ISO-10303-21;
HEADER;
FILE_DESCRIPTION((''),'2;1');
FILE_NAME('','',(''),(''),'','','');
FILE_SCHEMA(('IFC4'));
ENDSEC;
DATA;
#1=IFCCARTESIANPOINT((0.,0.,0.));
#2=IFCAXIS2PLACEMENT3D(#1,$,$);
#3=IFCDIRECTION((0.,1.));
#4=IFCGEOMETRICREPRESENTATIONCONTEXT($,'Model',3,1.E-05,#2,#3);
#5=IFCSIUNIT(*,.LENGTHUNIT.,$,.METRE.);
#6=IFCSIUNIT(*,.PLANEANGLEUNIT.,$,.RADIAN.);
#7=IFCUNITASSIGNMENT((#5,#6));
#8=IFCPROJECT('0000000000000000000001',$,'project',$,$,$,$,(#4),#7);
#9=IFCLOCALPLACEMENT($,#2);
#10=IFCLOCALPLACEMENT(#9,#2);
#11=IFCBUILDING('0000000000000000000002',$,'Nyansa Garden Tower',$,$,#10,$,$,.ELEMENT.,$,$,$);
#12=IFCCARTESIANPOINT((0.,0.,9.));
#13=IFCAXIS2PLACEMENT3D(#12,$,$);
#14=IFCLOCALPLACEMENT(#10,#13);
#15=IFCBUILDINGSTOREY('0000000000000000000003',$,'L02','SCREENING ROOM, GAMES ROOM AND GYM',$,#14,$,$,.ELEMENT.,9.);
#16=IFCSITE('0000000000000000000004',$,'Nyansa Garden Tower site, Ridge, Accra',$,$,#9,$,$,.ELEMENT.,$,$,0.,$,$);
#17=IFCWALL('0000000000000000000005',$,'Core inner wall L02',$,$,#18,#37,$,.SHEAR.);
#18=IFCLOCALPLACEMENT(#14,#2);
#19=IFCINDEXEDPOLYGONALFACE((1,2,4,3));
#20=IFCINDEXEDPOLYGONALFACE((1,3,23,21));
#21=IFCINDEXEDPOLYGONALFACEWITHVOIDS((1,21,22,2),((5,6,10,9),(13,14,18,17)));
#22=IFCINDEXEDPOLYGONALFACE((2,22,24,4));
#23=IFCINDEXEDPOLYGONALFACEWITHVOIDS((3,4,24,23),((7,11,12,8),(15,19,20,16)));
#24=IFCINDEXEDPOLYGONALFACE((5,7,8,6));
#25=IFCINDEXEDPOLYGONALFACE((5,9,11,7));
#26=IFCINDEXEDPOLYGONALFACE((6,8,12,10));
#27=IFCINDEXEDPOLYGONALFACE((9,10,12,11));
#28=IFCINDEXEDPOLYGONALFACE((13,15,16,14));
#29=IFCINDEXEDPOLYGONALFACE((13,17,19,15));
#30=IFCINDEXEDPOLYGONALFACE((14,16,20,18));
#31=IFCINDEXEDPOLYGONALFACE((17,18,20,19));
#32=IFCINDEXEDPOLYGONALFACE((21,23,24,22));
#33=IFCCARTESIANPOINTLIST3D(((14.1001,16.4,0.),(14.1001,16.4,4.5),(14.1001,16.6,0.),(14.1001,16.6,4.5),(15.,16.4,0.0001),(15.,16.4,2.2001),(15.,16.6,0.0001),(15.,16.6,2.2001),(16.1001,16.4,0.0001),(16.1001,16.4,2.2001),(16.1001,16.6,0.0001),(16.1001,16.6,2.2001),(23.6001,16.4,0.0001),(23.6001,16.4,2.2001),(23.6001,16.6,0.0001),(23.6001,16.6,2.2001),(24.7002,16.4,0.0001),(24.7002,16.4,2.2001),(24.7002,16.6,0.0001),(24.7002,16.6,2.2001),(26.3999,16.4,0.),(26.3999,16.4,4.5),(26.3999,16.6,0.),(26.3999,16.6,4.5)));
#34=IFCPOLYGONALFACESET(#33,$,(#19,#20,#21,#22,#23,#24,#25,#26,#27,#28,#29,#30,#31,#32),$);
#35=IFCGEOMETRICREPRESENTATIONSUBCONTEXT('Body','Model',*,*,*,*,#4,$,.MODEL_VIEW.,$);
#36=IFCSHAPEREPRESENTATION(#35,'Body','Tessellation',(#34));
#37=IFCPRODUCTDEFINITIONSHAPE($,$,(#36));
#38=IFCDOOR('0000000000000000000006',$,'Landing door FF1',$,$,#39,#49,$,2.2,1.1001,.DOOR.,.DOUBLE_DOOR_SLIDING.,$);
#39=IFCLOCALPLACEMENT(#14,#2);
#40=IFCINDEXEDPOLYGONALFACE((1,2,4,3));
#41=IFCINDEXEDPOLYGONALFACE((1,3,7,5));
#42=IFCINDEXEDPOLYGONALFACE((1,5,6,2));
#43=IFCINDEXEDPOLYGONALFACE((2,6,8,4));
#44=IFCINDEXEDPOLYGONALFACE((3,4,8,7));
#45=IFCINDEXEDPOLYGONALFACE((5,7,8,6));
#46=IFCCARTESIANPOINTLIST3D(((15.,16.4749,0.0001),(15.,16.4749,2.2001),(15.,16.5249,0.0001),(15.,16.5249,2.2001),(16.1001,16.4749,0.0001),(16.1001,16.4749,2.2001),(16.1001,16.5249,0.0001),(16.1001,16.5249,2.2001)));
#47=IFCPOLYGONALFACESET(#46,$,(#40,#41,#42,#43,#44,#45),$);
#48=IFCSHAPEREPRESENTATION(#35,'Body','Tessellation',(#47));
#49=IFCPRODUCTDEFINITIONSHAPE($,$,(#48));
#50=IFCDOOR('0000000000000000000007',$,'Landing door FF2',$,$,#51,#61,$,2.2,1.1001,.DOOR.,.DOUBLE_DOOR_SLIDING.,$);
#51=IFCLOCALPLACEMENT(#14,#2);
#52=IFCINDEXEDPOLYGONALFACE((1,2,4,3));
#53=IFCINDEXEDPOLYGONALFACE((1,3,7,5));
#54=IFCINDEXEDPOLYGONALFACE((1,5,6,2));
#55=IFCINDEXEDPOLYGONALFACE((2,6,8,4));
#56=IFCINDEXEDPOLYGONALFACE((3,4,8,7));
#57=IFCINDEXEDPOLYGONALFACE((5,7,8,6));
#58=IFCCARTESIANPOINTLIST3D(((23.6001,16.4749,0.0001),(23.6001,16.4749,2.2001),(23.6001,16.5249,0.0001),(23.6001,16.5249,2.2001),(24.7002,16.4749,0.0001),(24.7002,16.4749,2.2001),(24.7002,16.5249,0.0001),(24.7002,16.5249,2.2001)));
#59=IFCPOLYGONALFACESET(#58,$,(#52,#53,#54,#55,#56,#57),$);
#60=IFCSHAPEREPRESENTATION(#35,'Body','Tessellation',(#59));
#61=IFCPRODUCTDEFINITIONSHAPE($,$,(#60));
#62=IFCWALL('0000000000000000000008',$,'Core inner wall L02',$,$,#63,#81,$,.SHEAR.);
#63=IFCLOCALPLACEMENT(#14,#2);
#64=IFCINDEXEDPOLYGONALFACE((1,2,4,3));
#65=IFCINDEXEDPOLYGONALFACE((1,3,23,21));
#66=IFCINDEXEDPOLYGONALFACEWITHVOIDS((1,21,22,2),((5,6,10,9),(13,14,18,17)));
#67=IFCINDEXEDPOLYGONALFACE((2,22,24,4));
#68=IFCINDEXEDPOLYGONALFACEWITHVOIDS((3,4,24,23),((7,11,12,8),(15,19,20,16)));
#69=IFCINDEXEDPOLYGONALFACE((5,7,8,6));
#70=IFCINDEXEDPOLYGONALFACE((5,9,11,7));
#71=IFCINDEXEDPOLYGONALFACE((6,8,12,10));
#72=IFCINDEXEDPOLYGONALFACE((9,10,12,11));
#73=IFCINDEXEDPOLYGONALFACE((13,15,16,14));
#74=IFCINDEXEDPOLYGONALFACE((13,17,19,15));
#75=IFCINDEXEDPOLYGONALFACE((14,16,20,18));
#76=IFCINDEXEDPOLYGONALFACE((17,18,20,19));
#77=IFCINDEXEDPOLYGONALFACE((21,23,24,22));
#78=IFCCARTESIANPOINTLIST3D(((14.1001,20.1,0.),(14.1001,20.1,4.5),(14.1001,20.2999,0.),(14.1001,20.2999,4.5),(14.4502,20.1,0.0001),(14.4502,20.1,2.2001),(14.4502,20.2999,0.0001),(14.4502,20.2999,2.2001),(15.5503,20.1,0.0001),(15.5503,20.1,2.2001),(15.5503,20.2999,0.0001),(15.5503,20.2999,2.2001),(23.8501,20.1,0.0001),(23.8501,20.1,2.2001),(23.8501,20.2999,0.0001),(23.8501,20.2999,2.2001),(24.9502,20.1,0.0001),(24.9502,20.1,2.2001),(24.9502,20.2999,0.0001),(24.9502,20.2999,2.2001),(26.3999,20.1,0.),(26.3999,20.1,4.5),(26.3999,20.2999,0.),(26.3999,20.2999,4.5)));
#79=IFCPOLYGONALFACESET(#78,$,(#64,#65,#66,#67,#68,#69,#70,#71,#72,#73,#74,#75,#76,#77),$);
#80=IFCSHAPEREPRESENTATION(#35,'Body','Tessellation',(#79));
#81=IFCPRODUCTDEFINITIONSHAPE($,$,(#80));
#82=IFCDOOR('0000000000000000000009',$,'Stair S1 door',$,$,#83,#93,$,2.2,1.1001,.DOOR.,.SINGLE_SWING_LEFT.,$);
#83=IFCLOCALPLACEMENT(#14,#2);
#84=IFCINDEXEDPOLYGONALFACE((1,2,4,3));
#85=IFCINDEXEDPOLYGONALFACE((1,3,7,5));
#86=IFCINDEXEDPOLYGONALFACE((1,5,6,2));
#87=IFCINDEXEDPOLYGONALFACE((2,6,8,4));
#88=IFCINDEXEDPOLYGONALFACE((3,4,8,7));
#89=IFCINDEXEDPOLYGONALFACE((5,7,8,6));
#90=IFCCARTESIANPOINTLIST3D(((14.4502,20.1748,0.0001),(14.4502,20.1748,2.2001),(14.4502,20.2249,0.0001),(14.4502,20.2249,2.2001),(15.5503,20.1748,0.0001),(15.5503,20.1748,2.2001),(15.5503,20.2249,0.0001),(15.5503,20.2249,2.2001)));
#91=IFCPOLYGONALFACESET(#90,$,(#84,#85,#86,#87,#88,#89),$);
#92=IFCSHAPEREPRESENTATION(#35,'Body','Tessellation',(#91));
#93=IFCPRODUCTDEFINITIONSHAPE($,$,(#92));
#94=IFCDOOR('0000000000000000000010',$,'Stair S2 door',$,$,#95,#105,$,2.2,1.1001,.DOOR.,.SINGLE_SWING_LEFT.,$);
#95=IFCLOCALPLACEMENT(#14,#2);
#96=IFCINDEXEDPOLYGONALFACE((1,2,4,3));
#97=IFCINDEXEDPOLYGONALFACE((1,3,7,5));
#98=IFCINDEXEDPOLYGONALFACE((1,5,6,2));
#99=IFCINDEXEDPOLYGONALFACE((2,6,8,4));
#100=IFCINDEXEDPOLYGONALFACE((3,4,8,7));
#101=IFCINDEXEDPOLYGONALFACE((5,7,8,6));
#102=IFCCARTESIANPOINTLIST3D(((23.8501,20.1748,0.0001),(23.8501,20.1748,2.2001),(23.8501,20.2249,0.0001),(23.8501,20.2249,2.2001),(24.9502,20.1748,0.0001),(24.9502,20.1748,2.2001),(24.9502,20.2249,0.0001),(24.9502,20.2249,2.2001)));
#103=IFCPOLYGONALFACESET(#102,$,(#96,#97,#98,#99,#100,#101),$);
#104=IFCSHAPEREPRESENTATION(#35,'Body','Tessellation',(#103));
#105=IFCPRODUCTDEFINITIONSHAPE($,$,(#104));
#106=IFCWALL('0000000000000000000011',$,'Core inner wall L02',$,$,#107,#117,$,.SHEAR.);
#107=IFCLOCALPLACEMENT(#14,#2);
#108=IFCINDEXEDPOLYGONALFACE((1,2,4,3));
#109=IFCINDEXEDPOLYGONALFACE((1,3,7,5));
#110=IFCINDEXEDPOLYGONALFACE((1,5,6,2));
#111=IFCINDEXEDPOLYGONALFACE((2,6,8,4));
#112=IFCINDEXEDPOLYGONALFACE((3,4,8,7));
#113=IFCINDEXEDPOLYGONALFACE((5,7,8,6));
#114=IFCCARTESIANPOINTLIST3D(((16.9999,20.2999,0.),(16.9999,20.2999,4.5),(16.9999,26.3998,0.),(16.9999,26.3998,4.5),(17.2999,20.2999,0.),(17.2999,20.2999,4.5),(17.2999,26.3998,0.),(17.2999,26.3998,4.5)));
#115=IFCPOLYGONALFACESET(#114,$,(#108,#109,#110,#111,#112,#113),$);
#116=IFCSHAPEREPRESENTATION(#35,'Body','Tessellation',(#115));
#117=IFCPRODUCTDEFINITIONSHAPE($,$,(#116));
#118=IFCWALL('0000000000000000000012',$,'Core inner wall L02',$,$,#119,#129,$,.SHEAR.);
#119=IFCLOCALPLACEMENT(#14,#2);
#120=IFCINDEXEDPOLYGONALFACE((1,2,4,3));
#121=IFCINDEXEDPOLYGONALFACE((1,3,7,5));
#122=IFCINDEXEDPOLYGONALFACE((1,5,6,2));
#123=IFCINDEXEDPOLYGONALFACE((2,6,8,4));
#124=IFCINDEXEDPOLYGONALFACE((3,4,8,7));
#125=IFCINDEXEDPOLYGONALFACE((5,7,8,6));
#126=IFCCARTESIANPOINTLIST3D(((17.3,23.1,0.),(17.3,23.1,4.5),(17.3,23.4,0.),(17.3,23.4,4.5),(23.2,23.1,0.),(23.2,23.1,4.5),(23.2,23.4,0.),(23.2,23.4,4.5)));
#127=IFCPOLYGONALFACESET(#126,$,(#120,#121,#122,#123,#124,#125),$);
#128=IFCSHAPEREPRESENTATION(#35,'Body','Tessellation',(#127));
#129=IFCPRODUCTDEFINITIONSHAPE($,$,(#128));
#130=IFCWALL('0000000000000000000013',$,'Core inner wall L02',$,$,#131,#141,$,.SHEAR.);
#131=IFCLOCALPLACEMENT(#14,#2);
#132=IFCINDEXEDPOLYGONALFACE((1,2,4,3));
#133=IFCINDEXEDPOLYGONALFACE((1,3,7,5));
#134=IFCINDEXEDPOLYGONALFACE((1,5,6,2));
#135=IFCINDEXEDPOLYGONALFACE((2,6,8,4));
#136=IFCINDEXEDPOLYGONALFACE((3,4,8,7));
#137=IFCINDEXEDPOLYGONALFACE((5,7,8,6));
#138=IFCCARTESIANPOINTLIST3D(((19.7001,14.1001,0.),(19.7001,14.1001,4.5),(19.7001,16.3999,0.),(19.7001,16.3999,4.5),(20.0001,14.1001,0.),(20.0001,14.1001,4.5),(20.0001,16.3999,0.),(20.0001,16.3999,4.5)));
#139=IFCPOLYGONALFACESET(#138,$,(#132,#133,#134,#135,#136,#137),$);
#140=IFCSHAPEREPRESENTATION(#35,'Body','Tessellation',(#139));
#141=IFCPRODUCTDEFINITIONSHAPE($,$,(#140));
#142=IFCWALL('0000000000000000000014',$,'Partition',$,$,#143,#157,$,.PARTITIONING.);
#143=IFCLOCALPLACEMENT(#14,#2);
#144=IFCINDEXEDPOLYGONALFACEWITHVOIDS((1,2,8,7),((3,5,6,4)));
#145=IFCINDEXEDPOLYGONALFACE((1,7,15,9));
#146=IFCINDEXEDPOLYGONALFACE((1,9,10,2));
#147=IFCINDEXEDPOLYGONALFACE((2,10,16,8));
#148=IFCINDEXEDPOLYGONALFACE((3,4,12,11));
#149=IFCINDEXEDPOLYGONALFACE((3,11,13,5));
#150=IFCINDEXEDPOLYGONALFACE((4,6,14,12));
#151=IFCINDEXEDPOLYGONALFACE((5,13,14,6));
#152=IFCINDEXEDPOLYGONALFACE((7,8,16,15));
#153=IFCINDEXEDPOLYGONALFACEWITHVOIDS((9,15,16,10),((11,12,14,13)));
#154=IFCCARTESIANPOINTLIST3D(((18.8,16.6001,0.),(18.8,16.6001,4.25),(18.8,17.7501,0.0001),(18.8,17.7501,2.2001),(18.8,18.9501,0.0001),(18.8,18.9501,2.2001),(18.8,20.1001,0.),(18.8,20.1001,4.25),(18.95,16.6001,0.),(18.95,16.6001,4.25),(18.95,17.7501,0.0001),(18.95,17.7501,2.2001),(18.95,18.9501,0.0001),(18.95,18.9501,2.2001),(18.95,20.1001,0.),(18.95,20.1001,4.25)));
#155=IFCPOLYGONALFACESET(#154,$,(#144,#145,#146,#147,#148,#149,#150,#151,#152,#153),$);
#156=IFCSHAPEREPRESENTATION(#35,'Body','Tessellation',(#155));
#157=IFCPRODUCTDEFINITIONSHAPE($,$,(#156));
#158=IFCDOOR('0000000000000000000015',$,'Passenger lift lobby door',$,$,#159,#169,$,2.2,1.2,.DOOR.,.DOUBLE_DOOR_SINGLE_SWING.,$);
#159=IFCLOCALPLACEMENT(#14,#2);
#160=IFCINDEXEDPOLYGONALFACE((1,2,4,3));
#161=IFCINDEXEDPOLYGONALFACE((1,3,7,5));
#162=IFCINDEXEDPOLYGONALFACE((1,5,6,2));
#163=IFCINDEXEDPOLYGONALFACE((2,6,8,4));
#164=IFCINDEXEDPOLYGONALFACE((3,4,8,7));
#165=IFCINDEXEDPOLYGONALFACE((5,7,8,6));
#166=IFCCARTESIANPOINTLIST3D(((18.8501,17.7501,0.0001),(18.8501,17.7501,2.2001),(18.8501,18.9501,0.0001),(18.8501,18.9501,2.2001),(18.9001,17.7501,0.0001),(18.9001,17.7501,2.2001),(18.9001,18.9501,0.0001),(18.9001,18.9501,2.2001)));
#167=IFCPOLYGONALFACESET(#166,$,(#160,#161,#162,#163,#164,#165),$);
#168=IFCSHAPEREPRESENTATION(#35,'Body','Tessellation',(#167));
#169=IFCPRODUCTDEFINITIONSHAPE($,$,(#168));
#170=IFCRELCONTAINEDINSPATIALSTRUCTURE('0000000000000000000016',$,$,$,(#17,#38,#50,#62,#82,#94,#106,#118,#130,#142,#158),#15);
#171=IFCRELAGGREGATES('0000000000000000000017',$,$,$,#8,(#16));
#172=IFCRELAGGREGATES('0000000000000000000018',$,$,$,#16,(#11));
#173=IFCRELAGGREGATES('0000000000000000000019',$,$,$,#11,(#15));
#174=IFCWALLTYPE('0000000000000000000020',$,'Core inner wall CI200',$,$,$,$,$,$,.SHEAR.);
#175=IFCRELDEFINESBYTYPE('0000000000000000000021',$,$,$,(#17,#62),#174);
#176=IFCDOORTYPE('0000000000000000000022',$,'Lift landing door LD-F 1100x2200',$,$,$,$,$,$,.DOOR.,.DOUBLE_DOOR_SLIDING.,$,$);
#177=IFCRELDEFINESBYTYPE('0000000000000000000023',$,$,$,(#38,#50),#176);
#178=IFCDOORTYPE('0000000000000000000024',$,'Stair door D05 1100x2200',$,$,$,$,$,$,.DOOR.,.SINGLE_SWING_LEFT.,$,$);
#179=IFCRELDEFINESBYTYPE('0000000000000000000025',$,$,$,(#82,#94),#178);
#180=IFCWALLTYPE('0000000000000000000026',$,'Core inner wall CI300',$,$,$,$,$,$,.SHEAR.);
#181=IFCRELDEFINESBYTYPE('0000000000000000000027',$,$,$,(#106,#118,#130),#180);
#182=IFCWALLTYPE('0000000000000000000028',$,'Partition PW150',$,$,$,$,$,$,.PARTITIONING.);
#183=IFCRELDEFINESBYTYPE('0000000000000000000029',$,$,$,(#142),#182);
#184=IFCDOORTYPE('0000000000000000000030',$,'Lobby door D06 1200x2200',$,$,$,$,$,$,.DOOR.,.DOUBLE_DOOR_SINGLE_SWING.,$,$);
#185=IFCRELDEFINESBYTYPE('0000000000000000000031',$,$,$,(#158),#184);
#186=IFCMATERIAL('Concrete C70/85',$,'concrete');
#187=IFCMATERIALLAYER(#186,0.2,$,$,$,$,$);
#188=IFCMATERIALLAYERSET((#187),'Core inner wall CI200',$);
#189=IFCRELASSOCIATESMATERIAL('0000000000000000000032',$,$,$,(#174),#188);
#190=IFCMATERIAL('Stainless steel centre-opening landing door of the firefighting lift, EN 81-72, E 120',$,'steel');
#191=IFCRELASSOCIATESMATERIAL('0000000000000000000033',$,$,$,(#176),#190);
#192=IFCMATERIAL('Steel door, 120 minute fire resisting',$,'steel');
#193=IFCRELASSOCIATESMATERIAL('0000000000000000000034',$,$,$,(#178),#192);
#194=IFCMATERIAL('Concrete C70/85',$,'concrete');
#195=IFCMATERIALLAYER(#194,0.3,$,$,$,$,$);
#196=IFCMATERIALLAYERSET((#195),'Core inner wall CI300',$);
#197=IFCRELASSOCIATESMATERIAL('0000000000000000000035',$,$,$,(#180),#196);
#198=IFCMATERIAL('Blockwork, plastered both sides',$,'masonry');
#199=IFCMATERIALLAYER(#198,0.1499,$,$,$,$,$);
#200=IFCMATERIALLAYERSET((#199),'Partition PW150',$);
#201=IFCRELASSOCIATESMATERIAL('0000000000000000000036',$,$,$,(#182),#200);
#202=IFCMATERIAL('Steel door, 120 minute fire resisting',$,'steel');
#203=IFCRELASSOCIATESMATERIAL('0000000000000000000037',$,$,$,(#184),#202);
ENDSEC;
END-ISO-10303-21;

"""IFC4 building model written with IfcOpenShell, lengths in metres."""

from ifc_helpers import new_model, si_unit, direction, frame, frame_2d, origin, place, context, subcontext, project, spatial, rectangle, extrude, material, layer, layer_set, type_object, element, fill, save


model = new_model("IFC4")

# Units and contexts
model_context = context("Model", 3, precision=1e-05, world=origin(), true_north=direction((0.0, 1.0)))
body_context = subcontext(model_context, "Body", "Model", "MODEL_VIEW")
ifc_project = project(units=[si_unit("LENGTHUNIT", "METRE"), si_unit("PLANEANGLEUNIT", "RADIAN")], contexts=[model_context])

# Site, building, storey
site_placement = place(None, origin())
site = spatial("IfcSite", under=ifc_project, at=site_placement, Name="Nyansa Garden Tower site, Ridge, Accra", CompositionType="ELEMENT", RefElevation=0.0)
building_placement = place(site_placement, origin())
building = spatial("IfcBuilding", under=site, at=building_placement, Name="Nyansa Garden Tower", CompositionType="ELEMENT")
storey_placement = place(building_placement, frame((0.0, 0.0, 9.0)))
storey = spatial("IfcBuildingStorey", under=building, at=storey_placement, Name="L02", Description="SCREENING ROOM, GAMES ROOM AND GYM", CompositionType="ELEMENT", Elevation=9.0)

# Walls, openings, doors
ifc_material_1 = material(Name="Concrete C70/85", Category="concrete")
ifc_layer_1 = layer(ifc_material_1, 0.2)
ifc_layer_set_1 = layer_set([ifc_layer_1], Name="Core inner wall CI200")
wall_type_1 = type_object("IfcWallType", Name="Core inner wall CI200", PredefinedType="SHEAR", material=ifc_layer_set_1)
wall_1_placement = place(storey_placement, frame((14.1001, 16.5, 0.0), z_axis=(0.0, 0.0, 1.0), x_axis=(1.0, 0.0, 0.0)))
wall_1 = element("IfcWall", 1, at=wall_1_placement, inside=storey, type_object=wall_type_1, Name="Core inner wall L02", PredefinedType="SHEAR", context=body_context, shape_type="SweptSolid", body=[
    extrude(rectangle(XDim=12.2998, YDim=0.2, at=frame_2d((6.1499, 0.0))), origin(), (0.0, 0.0, 1.0), 4.5),
])
opening_1_placement = place(wall_1_placement, frame((0.8999, 0.0, 0.0)))
opening_1 = element("IfcOpeningElement", 2, at=opening_1_placement, cuts=wall_1, PredefinedType="OPENING", context=body_context, shape_type="SweptSolid", body=[
    extrude(rectangle(XDim=1.1001, YDim=2.2, at=frame_2d((0.55, 1.1001))), frame((0.0, 0.1099, 0.0), z_axis=(0.0, -1.0, 0.0), x_axis=(1.0, 0.0, 0.0)), (0.0, 0.0, 1.0), 0.22),
])
opening_2_placement = place(wall_1_placement, frame((9.5, 0.0, 0.0)))
opening_2 = element("IfcOpeningElement", 3, at=opening_2_placement, cuts=wall_1, PredefinedType="OPENING", context=body_context, shape_type="SweptSolid", body=[
    extrude(rectangle(XDim=1.1001, YDim=2.2, at=frame_2d((0.55, 1.1001))), frame((0.0, 0.1099, 0.0), z_axis=(0.0, -1.0, 0.0), x_axis=(1.0, 0.0, 0.0)), (0.0, 0.0, 1.0), 0.22),
])
ifc_material_2 = material(Name="Stainless steel centre-opening landing door of the firefighting lift, EN 81-72, E 120", Category="steel")
door_type_1 = type_object("IfcDoorType", Name="Lift landing door LD-F 1100x2200", OperationType="DOUBLE_DOOR_SLIDING", PredefinedType="DOOR", material=ifc_material_2)
door_1_placement = place(opening_1_placement, origin())
door_1 = element("IfcDoor", 4, at=door_1_placement, inside=storey, type_object=door_type_1, Name="Landing door FF1", OperationType="DOUBLE_DOOR_SLIDING", OverallHeight=2.2, OverallWidth=1.1001, PredefinedType="DOOR", context=body_context, shape_type="SweptSolid", body=[
    extrude(rectangle(XDim=1.1001, YDim=2.2, at=frame_2d((0.55, 1.1001))), frame((0.0, 0.0249, 0.0), z_axis=(0.0, -1.0, 0.0), x_axis=(1.0, 0.0, 0.0)), (0.0, 0.0, 1.0), 0.05),
])
fill(opening_1, door_1)
door_2_placement = place(opening_2_placement, origin())
door_2 = element("IfcDoor", 5, at=door_2_placement, inside=storey, type_object=door_type_1, Name="Landing door FF2", OperationType="DOUBLE_DOOR_SLIDING", OverallHeight=2.2, OverallWidth=1.1001, PredefinedType="DOOR", context=body_context, shape_type="SweptSolid", body=[
    extrude(rectangle(XDim=1.1001, YDim=2.2, at=frame_2d((0.55, 1.1001))), frame((0.0, 0.0249, 0.0), z_axis=(0.0, -1.0, 0.0), x_axis=(1.0, 0.0, 0.0)), (0.0, 0.0, 1.0), 0.05),
])
fill(opening_2, door_2)
wall_2_placement = place(storey_placement, frame((14.1001, 20.2, 0.0), z_axis=(0.0, 0.0, 1.0), x_axis=(1.0, 0.0, 0.0)))
wall_2 = element("IfcWall", 6, at=wall_2_placement, inside=storey, type_object=wall_type_1, Name="Core inner wall L02", PredefinedType="SHEAR", context=body_context, shape_type="SweptSolid", body=[
    extrude(rectangle(XDim=12.2998, YDim=0.2, at=frame_2d((6.1499, 0.0))), origin(), (0.0, 0.0, 1.0), 4.5),
])
opening_3_placement = place(wall_2_placement, frame((0.3501, 0.0, 0.0)))
opening_3 = element("IfcOpeningElement", 7, at=opening_3_placement, cuts=wall_2, PredefinedType="OPENING", context=body_context, shape_type="SweptSolid", body=[
    extrude(rectangle(XDim=1.1001, YDim=2.2, at=frame_2d((0.55, 1.1001))), frame((0.0, 0.1099, 0.0), z_axis=(0.0, -1.0, 0.0), x_axis=(1.0, 0.0, 0.0)), (0.0, 0.0, 1.0), 0.22),
])
opening_4_placement = place(wall_2_placement, frame((9.75, 0.0, 0.0)))
opening_4 = element("IfcOpeningElement", 8, at=opening_4_placement, cuts=wall_2, PredefinedType="OPENING", context=body_context, shape_type="SweptSolid", body=[
    extrude(rectangle(XDim=1.1001, YDim=2.2, at=frame_2d((0.55, 1.1001))), frame((0.0, 0.1099, 0.0), z_axis=(0.0, -1.0, 0.0), x_axis=(1.0, 0.0, 0.0)), (0.0, 0.0, 1.0), 0.22),
])
ifc_material_3 = material(Name="Steel door, 120 minute fire resisting", Category="steel")
door_type_2 = type_object("IfcDoorType", Name="Stair door D05 1100x2200", OperationType="SINGLE_SWING_LEFT", PredefinedType="DOOR", material=ifc_material_3)
door_3_placement = place(opening_3_placement, origin())
door_3 = element("IfcDoor", 9, at=door_3_placement, inside=storey, type_object=door_type_2, Name="Stair S1 door", OperationType="SINGLE_SWING_LEFT", OverallHeight=2.2, OverallWidth=1.1001, PredefinedType="DOOR", context=body_context, shape_type="SweptSolid", body=[
    extrude(rectangle(XDim=1.1001, YDim=2.2, at=frame_2d((0.55, 1.1001))), frame((0.0, 0.0249, 0.0), z_axis=(0.0, -1.0, 0.0), x_axis=(1.0, 0.0, 0.0)), (0.0, 0.0, 1.0), 0.05),
])
fill(opening_3, door_3)
door_4_placement = place(opening_4_placement, origin())
door_4 = element("IfcDoor", 10, at=door_4_placement, inside=storey, type_object=door_type_2, Name="Stair S2 door", OperationType="SINGLE_SWING_LEFT", OverallHeight=2.2, OverallWidth=1.1001, PredefinedType="DOOR", context=body_context, shape_type="SweptSolid", body=[
    extrude(rectangle(XDim=1.1001, YDim=2.2, at=frame_2d((0.55, 1.1001))), frame((0.0, 0.0249, 0.0), z_axis=(0.0, -1.0, 0.0), x_axis=(1.0, 0.0, 0.0)), (0.0, 0.0, 1.0), 0.05),
])
fill(opening_4, door_4)

# Walls
ifc_material_4 = material(Name="Concrete C70/85", Category="concrete")
ifc_layer_2 = layer(ifc_material_4, 0.3)
ifc_layer_set_2 = layer_set([ifc_layer_2], Name="Core inner wall CI300")
wall_type_2 = type_object("IfcWallType", Name="Core inner wall CI300", PredefinedType="SHEAR", material=ifc_layer_set_2)
wall_3_placement = place(storey_placement, frame((17.1499, 20.3, 0.0), z_axis=(0.0, 0.0, 1.0), x_axis=(0.0, 1.0, 0.0)))
element("IfcWall", 11, at=wall_3_placement, inside=storey, type_object=wall_type_2, Name="Core inner wall L02", PredefinedType="SHEAR", context=body_context, shape_type="SweptSolid", body=[
    extrude(rectangle(XDim=6.0999, YDim=0.3, at=frame_2d((3.0498, 0.0))), origin(), (0.0, 0.0, 1.0), 4.5),
])
wall_4_placement = place(storey_placement, frame((17.3, 23.25, 0.0), z_axis=(0.0, 0.0, 1.0), x_axis=(1.0, 0.0, 0.0)))
element("IfcWall", 12, at=wall_4_placement, inside=storey, type_object=wall_type_2, Name="Core inner wall L02", PredefinedType="SHEAR", context=body_context, shape_type="SweptSolid", body=[
    extrude(rectangle(XDim=5.8999, YDim=0.3, at=frame_2d((2.95, 0.0))), origin(), (0.0, 0.0, 1.0), 4.5),
])
wall_5_placement = place(storey_placement, frame((19.8501, 14.1001, 0.0), z_axis=(0.0, 0.0, 1.0), x_axis=(0.0, 1.0, 0.0)))
element("IfcWall", 13, at=wall_5_placement, inside=storey, type_object=wall_type_2, Name="Core inner wall L02", PredefinedType="SHEAR", context=body_context, shape_type="SweptSolid", body=[
    extrude(rectangle(XDim=2.2998, YDim=0.3, at=frame_2d((1.1499, 0.0))), origin(), (0.0, 0.0, 1.0), 4.5),
])

# Wall, opening, door
ifc_material_5 = material(Name="Blockwork, plastered both sides", Category="masonry")
ifc_layer_3 = layer(ifc_material_5, 0.1499)
ifc_layer_set_3 = layer_set([ifc_layer_3], Name="Partition PW150")
wall_type_3 = type_object("IfcWallType", Name="Partition PW150", PredefinedType="PARTITIONING", material=ifc_layer_set_3)
wall_6_placement = place(storey_placement, frame((18.875, 16.6001, 0.0), z_axis=(0.0, 0.0, 1.0), x_axis=(0.0, 1.0, 0.0)))
wall_6 = element("IfcWall", 14, at=wall_6_placement, inside=storey, type_object=wall_type_3, Name="Partition", PredefinedType="PARTITIONING", context=body_context, shape_type="SweptSolid", body=[
    extrude(rectangle(XDim=3.5, YDim=0.1499, at=frame_2d((1.75, 0.0))), origin(), (0.0, 0.0, 1.0), 4.25),
])
opening_5_placement = place(wall_6_placement, frame((1.1499, 0.0, 0.0)))
opening_5 = element("IfcOpeningElement", 15, at=opening_5_placement, cuts=wall_6, PredefinedType="OPENING", context=body_context, shape_type="SweptSolid", body=[
    extrude(rectangle(XDim=1.2, YDim=2.2, at=frame_2d((0.6001, 1.1001))), frame((0.0, 0.085, 0.0), z_axis=(0.0, -1.0, 0.0), x_axis=(1.0, 0.0, 0.0)), (0.0, 0.0, 1.0), 0.1699),
])
ifc_material_6 = material(Name="Steel door, 120 minute fire resisting", Category="steel")
door_type_3 = type_object("IfcDoorType", Name="Lobby door D06 1200x2200", OperationType="DOUBLE_DOOR_SINGLE_SWING", PredefinedType="DOOR", material=ifc_material_6)
door_5_placement = place(opening_5_placement, origin())
door_5 = element("IfcDoor", 16, at=door_5_placement, inside=storey, type_object=door_type_3, Name="Passenger lift lobby door", OperationType="DOUBLE_DOOR_SINGLE_SWING", OverallHeight=2.2, OverallWidth=1.2, PredefinedType="DOOR", context=body_context, shape_type="SweptSolid", body=[
    extrude(rectangle(XDim=1.2, YDim=2.2, at=frame_2d((0.6001, 1.1001))), frame((0.0, 0.0249, 0.0), z_axis=(0.0, -1.0, 0.0), x_axis=(1.0, 0.0, 0.0)), (0.0, 0.0, 1.0), 0.05),
])
fill(opening_5, door_5)

save(model, "model.ifc")
